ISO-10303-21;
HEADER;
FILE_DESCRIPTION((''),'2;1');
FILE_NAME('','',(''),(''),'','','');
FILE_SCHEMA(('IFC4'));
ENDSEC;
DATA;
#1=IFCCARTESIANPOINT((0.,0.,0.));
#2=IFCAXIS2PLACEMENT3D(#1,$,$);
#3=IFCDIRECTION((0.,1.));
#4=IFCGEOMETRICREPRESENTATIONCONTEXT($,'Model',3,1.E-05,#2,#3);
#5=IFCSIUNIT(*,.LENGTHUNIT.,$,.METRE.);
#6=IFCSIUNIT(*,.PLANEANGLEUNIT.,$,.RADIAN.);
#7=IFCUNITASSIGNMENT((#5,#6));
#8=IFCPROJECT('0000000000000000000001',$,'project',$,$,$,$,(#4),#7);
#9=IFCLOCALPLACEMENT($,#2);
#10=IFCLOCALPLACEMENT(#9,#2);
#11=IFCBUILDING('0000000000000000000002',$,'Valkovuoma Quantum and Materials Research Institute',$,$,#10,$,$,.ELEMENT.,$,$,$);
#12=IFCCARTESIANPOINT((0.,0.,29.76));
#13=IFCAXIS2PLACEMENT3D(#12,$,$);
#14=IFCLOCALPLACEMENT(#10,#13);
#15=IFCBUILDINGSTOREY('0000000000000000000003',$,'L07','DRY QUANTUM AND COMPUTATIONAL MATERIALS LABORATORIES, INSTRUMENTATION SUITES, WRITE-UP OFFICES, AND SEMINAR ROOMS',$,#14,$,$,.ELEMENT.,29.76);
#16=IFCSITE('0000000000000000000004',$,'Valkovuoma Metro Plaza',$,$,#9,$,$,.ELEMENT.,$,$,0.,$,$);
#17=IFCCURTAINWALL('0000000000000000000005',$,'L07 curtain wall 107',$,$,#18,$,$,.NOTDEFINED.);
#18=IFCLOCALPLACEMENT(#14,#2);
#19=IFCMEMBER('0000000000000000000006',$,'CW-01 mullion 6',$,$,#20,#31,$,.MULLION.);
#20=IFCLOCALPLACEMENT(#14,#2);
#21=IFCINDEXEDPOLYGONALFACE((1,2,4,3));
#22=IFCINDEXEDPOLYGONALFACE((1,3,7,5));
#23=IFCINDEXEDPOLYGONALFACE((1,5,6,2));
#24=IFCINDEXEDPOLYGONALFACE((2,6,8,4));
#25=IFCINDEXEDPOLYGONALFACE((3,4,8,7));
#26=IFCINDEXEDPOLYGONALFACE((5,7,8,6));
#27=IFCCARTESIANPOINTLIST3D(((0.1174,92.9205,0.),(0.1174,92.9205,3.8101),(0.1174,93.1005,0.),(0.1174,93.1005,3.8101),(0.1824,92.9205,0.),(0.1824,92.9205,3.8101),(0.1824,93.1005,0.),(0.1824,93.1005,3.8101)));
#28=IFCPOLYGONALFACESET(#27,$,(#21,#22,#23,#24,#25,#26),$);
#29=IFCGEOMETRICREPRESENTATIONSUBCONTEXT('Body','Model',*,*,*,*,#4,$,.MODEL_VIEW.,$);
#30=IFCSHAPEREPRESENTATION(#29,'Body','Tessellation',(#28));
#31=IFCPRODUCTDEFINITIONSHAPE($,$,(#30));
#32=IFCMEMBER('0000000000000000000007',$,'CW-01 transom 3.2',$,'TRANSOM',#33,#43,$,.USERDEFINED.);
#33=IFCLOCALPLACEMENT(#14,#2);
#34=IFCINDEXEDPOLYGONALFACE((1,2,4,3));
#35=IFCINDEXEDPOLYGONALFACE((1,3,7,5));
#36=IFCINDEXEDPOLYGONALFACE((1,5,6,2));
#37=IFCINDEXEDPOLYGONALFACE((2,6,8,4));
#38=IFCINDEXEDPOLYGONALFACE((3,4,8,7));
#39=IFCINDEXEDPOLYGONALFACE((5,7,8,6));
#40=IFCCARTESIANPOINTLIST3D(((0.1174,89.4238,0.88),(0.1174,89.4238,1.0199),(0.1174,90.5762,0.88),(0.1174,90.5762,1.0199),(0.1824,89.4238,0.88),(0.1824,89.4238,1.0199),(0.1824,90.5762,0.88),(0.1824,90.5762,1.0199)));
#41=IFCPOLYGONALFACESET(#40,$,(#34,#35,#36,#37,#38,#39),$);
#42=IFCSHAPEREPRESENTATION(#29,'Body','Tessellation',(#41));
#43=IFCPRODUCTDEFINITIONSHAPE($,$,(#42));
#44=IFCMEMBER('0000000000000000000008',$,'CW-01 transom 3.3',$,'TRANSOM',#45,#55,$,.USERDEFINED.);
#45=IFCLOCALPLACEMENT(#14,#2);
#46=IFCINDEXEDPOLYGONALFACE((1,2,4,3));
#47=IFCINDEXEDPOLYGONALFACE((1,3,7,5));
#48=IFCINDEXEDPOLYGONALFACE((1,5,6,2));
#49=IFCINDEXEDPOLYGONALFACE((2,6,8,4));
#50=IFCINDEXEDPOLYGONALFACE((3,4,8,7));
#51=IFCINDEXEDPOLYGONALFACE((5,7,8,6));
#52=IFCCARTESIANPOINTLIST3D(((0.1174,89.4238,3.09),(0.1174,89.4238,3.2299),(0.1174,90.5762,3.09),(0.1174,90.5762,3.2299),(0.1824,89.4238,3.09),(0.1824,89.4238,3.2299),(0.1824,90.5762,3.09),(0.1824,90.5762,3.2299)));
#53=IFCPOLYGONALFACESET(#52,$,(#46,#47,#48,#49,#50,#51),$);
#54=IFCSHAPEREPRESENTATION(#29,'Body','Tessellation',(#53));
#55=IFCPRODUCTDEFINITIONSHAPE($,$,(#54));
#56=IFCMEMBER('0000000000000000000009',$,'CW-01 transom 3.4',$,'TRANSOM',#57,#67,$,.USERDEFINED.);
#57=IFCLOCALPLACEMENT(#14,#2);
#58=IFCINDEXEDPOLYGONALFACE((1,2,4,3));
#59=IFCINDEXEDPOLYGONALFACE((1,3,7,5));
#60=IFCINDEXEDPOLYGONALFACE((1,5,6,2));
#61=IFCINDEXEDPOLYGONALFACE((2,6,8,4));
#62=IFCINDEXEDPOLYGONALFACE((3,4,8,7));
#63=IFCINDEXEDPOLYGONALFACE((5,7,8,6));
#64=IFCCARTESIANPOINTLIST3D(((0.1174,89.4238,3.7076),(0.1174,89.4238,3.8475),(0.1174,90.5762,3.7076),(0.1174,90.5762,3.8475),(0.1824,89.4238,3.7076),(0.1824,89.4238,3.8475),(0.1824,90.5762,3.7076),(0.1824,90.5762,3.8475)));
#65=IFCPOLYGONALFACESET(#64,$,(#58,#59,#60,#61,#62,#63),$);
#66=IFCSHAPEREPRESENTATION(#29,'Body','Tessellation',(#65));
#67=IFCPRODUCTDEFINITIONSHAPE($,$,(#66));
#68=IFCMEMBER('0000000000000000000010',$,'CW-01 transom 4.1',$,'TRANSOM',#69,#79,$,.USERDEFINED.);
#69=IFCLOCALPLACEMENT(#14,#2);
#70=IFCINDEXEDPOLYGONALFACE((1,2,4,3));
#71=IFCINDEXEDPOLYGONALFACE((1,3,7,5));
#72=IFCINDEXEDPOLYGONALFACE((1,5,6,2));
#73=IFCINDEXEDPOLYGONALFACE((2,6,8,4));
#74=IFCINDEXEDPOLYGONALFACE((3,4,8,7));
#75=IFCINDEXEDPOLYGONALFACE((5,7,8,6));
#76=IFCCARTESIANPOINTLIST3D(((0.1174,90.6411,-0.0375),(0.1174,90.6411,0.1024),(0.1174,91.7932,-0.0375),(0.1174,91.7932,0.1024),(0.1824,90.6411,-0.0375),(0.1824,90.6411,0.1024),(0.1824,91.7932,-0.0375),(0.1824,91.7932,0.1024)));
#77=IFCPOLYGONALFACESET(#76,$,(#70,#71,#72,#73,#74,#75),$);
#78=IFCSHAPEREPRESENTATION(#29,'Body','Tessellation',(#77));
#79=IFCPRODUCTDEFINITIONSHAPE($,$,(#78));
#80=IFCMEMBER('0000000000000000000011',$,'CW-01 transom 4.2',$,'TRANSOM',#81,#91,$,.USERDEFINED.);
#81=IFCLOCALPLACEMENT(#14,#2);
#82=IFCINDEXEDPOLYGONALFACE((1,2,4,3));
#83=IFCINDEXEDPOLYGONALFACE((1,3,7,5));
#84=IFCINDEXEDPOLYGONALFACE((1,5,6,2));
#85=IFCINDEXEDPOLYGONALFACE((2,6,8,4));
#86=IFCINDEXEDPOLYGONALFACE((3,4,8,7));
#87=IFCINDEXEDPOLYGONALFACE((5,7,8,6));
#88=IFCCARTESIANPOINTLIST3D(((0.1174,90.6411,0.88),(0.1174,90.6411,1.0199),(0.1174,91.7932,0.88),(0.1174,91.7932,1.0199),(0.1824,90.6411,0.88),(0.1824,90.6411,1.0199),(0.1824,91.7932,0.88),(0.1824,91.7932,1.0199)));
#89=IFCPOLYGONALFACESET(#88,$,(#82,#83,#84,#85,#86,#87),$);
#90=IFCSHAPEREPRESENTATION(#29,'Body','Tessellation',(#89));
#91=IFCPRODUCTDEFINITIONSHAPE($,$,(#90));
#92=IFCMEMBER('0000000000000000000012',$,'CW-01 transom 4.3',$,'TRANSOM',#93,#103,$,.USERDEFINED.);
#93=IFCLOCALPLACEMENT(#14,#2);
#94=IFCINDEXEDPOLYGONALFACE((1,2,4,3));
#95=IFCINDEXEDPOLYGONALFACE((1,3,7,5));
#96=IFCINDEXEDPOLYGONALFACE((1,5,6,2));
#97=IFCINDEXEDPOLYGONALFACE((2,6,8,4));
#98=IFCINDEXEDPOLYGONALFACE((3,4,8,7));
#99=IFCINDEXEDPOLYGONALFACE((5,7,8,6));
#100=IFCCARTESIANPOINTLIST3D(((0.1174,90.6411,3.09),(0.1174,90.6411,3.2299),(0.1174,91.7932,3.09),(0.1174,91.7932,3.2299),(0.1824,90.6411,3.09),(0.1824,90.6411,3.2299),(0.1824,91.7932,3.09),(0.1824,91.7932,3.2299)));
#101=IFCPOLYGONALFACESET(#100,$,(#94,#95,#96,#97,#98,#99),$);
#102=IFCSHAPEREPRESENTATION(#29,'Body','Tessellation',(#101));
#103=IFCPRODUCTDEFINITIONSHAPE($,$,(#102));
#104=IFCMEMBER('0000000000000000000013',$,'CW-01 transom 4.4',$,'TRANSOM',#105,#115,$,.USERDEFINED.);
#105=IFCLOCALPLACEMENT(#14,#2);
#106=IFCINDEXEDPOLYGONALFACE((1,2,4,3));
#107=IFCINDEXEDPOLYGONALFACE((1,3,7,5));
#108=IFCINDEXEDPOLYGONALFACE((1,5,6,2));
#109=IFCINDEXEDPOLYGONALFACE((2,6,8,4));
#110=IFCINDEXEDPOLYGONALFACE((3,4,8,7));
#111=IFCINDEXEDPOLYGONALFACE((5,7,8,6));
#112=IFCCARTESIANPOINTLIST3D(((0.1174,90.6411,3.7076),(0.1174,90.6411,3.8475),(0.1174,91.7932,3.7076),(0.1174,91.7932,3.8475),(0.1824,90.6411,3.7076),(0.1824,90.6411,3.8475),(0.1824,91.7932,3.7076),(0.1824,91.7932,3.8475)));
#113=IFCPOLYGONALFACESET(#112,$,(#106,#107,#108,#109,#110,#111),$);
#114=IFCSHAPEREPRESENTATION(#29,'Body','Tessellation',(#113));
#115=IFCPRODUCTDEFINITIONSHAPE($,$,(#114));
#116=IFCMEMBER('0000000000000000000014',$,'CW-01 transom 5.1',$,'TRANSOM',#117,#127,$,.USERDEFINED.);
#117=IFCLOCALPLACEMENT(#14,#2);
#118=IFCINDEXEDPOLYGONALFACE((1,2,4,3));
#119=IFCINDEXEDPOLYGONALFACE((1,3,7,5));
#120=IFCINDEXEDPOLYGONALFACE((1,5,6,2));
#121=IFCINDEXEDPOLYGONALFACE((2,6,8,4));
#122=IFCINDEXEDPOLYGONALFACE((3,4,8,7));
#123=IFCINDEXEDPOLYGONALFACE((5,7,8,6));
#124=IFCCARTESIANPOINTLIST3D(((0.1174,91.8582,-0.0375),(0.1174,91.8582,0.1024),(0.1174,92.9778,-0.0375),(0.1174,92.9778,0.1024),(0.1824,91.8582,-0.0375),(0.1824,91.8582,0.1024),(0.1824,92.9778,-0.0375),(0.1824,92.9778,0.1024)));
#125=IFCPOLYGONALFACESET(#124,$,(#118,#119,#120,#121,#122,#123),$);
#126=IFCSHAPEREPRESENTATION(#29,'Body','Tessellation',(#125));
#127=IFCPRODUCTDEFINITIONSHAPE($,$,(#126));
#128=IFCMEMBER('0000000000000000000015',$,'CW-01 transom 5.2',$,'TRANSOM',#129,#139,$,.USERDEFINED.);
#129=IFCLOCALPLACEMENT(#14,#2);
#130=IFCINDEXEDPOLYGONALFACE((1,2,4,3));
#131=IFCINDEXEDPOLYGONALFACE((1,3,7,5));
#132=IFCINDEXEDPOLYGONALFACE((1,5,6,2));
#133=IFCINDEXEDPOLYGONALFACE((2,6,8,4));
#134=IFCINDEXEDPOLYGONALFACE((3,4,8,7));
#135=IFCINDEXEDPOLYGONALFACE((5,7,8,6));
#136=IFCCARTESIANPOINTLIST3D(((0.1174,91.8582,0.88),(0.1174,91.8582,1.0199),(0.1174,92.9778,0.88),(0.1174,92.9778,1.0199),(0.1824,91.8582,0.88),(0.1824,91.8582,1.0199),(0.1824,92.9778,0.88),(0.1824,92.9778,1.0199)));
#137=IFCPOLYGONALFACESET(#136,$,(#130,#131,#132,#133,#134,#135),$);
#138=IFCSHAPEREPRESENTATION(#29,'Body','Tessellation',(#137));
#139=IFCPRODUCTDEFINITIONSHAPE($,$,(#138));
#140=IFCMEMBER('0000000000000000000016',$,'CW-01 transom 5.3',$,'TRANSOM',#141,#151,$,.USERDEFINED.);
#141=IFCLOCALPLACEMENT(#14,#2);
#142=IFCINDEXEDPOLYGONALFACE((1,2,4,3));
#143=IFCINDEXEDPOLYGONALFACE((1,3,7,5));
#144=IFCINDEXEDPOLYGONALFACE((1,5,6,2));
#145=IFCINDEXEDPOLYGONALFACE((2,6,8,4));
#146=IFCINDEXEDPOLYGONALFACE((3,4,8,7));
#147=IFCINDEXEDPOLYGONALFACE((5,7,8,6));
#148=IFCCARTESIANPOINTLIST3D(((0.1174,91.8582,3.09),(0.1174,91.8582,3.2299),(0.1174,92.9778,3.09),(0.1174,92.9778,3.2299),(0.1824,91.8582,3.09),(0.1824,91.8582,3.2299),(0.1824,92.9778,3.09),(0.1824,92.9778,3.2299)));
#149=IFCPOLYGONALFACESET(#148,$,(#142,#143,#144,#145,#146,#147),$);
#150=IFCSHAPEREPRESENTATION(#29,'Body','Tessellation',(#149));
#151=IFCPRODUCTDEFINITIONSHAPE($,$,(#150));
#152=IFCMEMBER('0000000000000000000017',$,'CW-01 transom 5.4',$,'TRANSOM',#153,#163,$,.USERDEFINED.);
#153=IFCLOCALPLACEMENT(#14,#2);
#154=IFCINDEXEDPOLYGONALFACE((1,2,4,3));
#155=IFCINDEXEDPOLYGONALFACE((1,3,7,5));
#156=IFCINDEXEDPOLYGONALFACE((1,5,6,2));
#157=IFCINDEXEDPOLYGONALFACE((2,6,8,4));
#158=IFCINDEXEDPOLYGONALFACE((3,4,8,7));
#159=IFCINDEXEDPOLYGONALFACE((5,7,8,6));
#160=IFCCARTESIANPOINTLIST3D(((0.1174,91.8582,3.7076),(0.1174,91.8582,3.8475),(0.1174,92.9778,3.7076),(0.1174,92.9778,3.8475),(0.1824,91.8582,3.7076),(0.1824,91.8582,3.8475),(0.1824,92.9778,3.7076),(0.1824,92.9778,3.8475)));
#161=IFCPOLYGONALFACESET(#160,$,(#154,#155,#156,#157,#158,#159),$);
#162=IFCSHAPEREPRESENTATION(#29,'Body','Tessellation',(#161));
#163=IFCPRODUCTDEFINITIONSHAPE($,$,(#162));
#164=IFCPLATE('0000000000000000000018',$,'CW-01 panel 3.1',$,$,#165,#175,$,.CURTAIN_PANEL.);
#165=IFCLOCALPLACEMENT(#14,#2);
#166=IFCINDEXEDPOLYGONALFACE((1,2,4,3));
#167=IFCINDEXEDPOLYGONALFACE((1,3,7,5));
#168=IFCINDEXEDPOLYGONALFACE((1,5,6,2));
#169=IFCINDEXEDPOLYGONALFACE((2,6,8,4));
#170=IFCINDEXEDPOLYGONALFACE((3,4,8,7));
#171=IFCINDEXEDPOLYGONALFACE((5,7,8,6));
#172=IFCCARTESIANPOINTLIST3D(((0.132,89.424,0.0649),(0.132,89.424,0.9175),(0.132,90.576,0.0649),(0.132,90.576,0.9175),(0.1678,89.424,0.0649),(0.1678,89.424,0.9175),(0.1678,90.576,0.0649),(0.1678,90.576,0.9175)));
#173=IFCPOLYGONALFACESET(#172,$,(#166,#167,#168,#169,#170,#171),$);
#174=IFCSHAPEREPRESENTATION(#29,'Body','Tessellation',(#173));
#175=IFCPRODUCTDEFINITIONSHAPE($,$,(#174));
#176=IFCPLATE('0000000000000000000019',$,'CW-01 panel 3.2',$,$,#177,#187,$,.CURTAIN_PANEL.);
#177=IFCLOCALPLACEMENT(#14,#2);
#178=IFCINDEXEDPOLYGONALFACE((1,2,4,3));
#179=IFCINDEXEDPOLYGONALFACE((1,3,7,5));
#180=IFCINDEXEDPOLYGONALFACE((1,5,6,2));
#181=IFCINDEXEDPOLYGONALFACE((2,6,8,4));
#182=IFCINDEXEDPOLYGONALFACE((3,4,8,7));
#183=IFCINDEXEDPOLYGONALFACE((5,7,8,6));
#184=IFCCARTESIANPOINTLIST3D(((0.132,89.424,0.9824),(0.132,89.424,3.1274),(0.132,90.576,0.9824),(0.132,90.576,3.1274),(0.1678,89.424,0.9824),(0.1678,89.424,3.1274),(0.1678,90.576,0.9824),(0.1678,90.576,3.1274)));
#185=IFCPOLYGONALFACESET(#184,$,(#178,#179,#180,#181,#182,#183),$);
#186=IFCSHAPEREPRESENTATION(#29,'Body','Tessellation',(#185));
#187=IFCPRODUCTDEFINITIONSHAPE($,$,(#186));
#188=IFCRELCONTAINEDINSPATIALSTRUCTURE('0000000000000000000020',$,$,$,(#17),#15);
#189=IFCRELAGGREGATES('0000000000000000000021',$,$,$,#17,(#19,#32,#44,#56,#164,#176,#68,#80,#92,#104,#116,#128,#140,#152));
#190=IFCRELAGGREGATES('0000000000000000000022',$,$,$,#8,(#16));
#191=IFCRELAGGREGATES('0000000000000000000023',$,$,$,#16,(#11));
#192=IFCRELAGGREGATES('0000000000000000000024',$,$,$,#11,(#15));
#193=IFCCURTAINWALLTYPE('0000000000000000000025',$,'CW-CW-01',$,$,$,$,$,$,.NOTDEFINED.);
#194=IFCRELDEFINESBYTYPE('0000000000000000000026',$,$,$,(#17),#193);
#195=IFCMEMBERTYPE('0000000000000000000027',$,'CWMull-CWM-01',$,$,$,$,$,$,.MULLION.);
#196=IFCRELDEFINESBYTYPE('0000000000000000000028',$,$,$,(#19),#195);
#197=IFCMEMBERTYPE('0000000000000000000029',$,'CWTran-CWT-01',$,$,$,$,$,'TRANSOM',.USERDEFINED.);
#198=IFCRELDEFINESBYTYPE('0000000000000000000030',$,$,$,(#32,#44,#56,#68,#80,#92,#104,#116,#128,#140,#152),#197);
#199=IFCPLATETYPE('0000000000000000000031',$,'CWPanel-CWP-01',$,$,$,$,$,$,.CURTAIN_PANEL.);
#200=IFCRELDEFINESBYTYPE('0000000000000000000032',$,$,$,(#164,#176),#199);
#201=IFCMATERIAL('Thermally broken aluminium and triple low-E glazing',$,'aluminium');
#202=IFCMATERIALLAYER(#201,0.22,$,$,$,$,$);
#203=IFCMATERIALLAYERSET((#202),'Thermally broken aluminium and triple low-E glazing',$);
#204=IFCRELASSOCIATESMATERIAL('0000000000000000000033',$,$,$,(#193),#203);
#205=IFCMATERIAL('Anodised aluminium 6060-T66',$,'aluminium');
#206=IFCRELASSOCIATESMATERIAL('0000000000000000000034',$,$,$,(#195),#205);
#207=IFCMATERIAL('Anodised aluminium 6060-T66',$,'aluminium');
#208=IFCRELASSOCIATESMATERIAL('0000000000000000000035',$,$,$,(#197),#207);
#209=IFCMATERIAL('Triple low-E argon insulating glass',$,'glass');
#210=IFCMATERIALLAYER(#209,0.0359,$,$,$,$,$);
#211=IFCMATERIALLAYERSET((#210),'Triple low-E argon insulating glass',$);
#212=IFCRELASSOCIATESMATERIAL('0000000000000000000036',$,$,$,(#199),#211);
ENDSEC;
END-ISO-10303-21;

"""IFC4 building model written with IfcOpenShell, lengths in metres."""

from ifc_helpers import new_model, si_unit, direction, frame, origin, origin_2d, place, context, subcontext, project, spatial, rectangle, extrude, material, layer, layer_set, material_profile, profile_set, type_object, element, aggregate, save


model = new_model("IFC4")

# Units and contexts
model_context = context("Model", 3, precision=1e-05, world=origin(), true_north=direction((0.0, 1.0)))
body_context = subcontext(model_context, "Body", "Model", "MODEL_VIEW")
ifc_project = project(units=[si_unit("LENGTHUNIT", "METRE"), si_unit("PLANEANGLEUNIT", "RADIAN")], contexts=[model_context])

# Site, building, storey
site_placement = place(None, origin())
site = spatial("IfcSite", under=ifc_project, at=site_placement, Name="Valkovuoma Metro Plaza", CompositionType="ELEMENT", RefElevation=0.0)
building_placement = place(site_placement, origin())
building = spatial("IfcBuilding", under=site, at=building_placement, Name="Valkovuoma Quantum and Materials Research Institute", CompositionType="ELEMENT")
storey_placement = place(building_placement, frame((0.0, 0.0, 29.76)))
storey = spatial("IfcBuildingStorey", under=building, at=storey_placement, Name="L07", Description="DRY QUANTUM AND COMPUTATIONAL MATERIALS LABORATORIES, INSTRUMENTATION SUITES, WRITE-UP OFFICES, AND SEMINAR ROOMS", CompositionType="ELEMENT", Elevation=29.76)

# Curtain wall, members, plates
ifc_material_1 = material(Name="Thermally broken aluminium and triple low-E glazing", Category="aluminium")
ifc_layer_1 = layer(ifc_material_1, 0.22)
ifc_layer_set_1 = layer_set([ifc_layer_1], Name="Thermally broken aluminium and triple low-E glazing")
curtain_wall_type = type_object("IfcCurtainWallType", Name="CW-CW-01", PredefinedType="NOTDEFINED", material=ifc_layer_set_1)
curtain_wall_placement = place(storey_placement, origin())
curtain_wall = element("IfcCurtainWall", 1, at=curtain_wall_placement, inside=storey, type_object=curtain_wall_type, Name="L07 curtain wall 107", PredefinedType="NOTDEFINED")
ifc_material_2 = material(Name="Anodised aluminium 6060-T66", Category="aluminium")
ifc_material_profile_1 = material_profile(ifc_material_2, rectangle(XDim=0.0649, YDim=0.1799, at=origin_2d()), Name="Anodised aluminium 6060-T66")
ifc_profile_set_1 = profile_set([ifc_material_profile_1], Name="Anodised aluminium 6060-T66")
member_type_1 = type_object("IfcMemberType", Name="CWMull-CWM-01", PredefinedType="MULLION", material=ifc_profile_set_1)
member_1_placement = place(storey_placement, frame((0.1499, 93.0105, 0.0), z_axis=(0.0, 0.0, 1.0), x_axis=(-1.0, 0.0, 0.0)))
member_1 = element("IfcMember", 2, at=member_1_placement, type_object=member_type_1, Name="CW-01 mullion 6", PredefinedType="MULLION", context=body_context, shape_type="SweptSolid", body=[
    extrude(rectangle(XDim=0.0649, YDim=0.1799, at=origin_2d()), origin(), (0.0, 0.0, 1.0), 3.8101),
])
ifc_material_3 = material(Name="Anodised aluminium 6060-T66", Category="aluminium")
ifc_material_profile_2 = material_profile(ifc_material_3, rectangle(XDim=0.0649, YDim=0.1399, at=origin_2d()), Name="Anodised aluminium 6060-T66")
ifc_profile_set_2 = profile_set([ifc_material_profile_2], Name="Anodised aluminium 6060-T66")
member_type_2 = type_object("IfcMemberType", Name="CWTran-CWT-01", ElementType="TRANSOM", PredefinedType="USERDEFINED", material=ifc_profile_set_2)
member_2_placement = place(storey_placement, frame((0.1499, 89.4238, 0.95), z_axis=(0.0, 1.0, 0.0), x_axis=(-1.0, 0.0, 0.0)))
member_2 = element("IfcMember", 3, at=member_2_placement, type_object=member_type_2, Name="CW-01 transom 3.2", ObjectType="TRANSOM", PredefinedType="USERDEFINED", context=body_context, shape_type="SweptSolid", body=[
    extrude(rectangle(XDim=0.0649, YDim=0.1399, at=origin_2d()), origin(), (0.0, 0.0, 1.0), 1.1523),
])
member_3_placement = place(storey_placement, frame((0.1499, 89.4238, 3.1599), z_axis=(0.0, 1.0, 0.0), x_axis=(-1.0, 0.0, 0.0)))
member_3 = element("IfcMember", 4, at=member_3_placement, type_object=member_type_2, Name="CW-01 transom 3.3", ObjectType="TRANSOM", PredefinedType="USERDEFINED", context=body_context, shape_type="SweptSolid", body=[
    extrude(rectangle(XDim=0.0649, YDim=0.1399, at=origin_2d()), origin(), (0.0, 0.0, 1.0), 1.1523),
])
member_4_placement = place(storey_placement, frame((0.1499, 89.4238, 3.7776), z_axis=(0.0, 1.0, 0.0), x_axis=(-1.0, 0.0, 0.0)))
member_4 = element("IfcMember", 5, at=member_4_placement, type_object=member_type_2, Name="CW-01 transom 3.4", ObjectType="TRANSOM", PredefinedType="USERDEFINED", context=body_context, shape_type="SweptSolid", body=[
    extrude(rectangle(XDim=0.0649, YDim=0.1399, at=origin_2d()), origin(), (0.0, 0.0, 1.0), 1.1523),
])
member_5_placement = place(storey_placement, frame((0.1499, 90.6411, 0.0325), z_axis=(0.0, 1.0, 0.0), x_axis=(-1.0, 0.0, 0.0)))
member_5 = element("IfcMember", 6, at=member_5_placement, type_object=member_type_2, Name="CW-01 transom 4.1", ObjectType="TRANSOM", PredefinedType="USERDEFINED", context=body_context, shape_type="SweptSolid", body=[
    extrude(rectangle(XDim=0.0649, YDim=0.1399, at=origin_2d()), origin(), (0.0, 0.0, 1.0), 1.1521),
])
member_6_placement = place(storey_placement, frame((0.1499, 90.6411, 0.95), z_axis=(0.0, 1.0, 0.0), x_axis=(-1.0, 0.0, 0.0)))
member_6 = element("IfcMember", 7, at=member_6_placement, type_object=member_type_2, Name="CW-01 transom 4.2", ObjectType="TRANSOM", PredefinedType="USERDEFINED", context=body_context, shape_type="SweptSolid", body=[
    extrude(rectangle(XDim=0.0649, YDim=0.1399, at=origin_2d()), origin(), (0.0, 0.0, 1.0), 1.1521),
])
member_7_placement = place(storey_placement, frame((0.1499, 90.6411, 3.1599), z_axis=(0.0, 1.0, 0.0), x_axis=(-1.0, 0.0, 0.0)))
member_7 = element("IfcMember", 8, at=member_7_placement, type_object=member_type_2, Name="CW-01 transom 4.3", ObjectType="TRANSOM", PredefinedType="USERDEFINED", context=body_context, shape_type="SweptSolid", body=[
    extrude(rectangle(XDim=0.0649, YDim=0.1399, at=origin_2d()), origin(), (0.0, 0.0, 1.0), 1.1521),
])
member_8_placement = place(storey_placement, frame((0.1499, 90.6411, 3.7776), z_axis=(0.0, 1.0, 0.0), x_axis=(-1.0, 0.0, 0.0)))
member_8 = element("IfcMember", 9, at=member_8_placement, type_object=member_type_2, Name="CW-01 transom 4.4", ObjectType="TRANSOM", PredefinedType="USERDEFINED", context=body_context, shape_type="SweptSolid", body=[
    extrude(rectangle(XDim=0.0649, YDim=0.1399, at=origin_2d()), origin(), (0.0, 0.0, 1.0), 1.1521),
])
member_9_placement = place(storey_placement, frame((0.1499, 91.8582, 0.0325), z_axis=(0.0, 1.0, 0.0), x_axis=(-1.0, 0.0, 0.0)))
member_9 = element("IfcMember", 10, at=member_9_placement, type_object=member_type_2, Name="CW-01 transom 5.1", ObjectType="TRANSOM", PredefinedType="USERDEFINED", context=body_context, shape_type="SweptSolid", body=[
    extrude(rectangle(XDim=0.0649, YDim=0.1399, at=origin_2d()), origin(), (0.0, 0.0, 1.0), 1.1196),
])
member_10_placement = place(storey_placement, frame((0.1499, 91.8582, 0.95), z_axis=(0.0, 1.0, 0.0), x_axis=(-1.0, 0.0, 0.0)))
member_10 = element("IfcMember", 11, at=member_10_placement, type_object=member_type_2, Name="CW-01 transom 5.2", ObjectType="TRANSOM", PredefinedType="USERDEFINED", context=body_context, shape_type="SweptSolid", body=[
    extrude(rectangle(XDim=0.0649, YDim=0.1399, at=origin_2d()), origin(), (0.0, 0.0, 1.0), 1.1196),
])
member_11_placement = place(storey_placement, frame((0.1499, 91.8582, 3.1599), z_axis=(0.0, 1.0, 0.0), x_axis=(-1.0, 0.0, 0.0)))
member_11 = element("IfcMember", 12, at=member_11_placement, type_object=member_type_2, Name="CW-01 transom 5.3", ObjectType="TRANSOM", PredefinedType="USERDEFINED", context=body_context, shape_type="SweptSolid", body=[
    extrude(rectangle(XDim=0.0649, YDim=0.1399, at=origin_2d()), origin(), (0.0, 0.0, 1.0), 1.1196),
])
member_12_placement = place(storey_placement, frame((0.1499, 91.8582, 3.7776), z_axis=(0.0, 1.0, 0.0), x_axis=(-1.0, 0.0, 0.0)))
member_12 = element("IfcMember", 13, at=member_12_placement, type_object=member_type_2, Name="CW-01 transom 5.4", ObjectType="TRANSOM", PredefinedType="USERDEFINED", context=body_context, shape_type="SweptSolid", body=[
    extrude(rectangle(XDim=0.0649, YDim=0.1399, at=origin_2d()), origin(), (0.0, 0.0, 1.0), 1.1196),
])
ifc_material_4 = material(Name="Triple low-E argon insulating glass", Category="glass")
ifc_layer_2 = layer(ifc_material_4, 0.0359)
ifc_layer_set_2 = layer_set([ifc_layer_2], Name="Triple low-E argon insulating glass")
plate_type = type_object("IfcPlateType", Name="CWPanel-CWP-01", PredefinedType="CURTAIN_PANEL", material=ifc_layer_set_2)
plate_1_placement = place(storey_placement, frame((0.1499, 90.0, 0.0649), z_axis=(0.0, 0.0, 1.0), x_axis=(0.0, 1.0, 0.0)))
plate_1 = element("IfcPlate", 14, at=plate_1_placement, type_object=plate_type, Name="CW-01 panel 3.1", PredefinedType="CURTAIN_PANEL", context=body_context, shape_type="SweptSolid", body=[
    extrude(rectangle(XDim=1.1521, YDim=0.0359, at=origin_2d()), origin(), (0.0, 0.0, 1.0), 0.8525),
])
plate_2_placement = place(storey_placement, frame((0.1499, 90.0, 0.9824), z_axis=(0.0, 0.0, 1.0), x_axis=(0.0, 1.0, 0.0)))
plate_2 = element("IfcPlate", 15, at=plate_2_placement, type_object=plate_type, Name="CW-01 panel 3.2", PredefinedType="CURTAIN_PANEL", context=body_context, shape_type="SweptSolid", body=[
    extrude(rectangle(XDim=1.1521, YDim=0.0359, at=origin_2d()), origin(), (0.0, 0.0, 1.0), 2.145),
])
aggregate(curtain_wall, [member_1, member_2, member_3, member_4, plate_1, plate_2, member_5, member_6, member_7, member_8, member_9, member_10, member_11, member_12])

save(model, "model.ifc")
